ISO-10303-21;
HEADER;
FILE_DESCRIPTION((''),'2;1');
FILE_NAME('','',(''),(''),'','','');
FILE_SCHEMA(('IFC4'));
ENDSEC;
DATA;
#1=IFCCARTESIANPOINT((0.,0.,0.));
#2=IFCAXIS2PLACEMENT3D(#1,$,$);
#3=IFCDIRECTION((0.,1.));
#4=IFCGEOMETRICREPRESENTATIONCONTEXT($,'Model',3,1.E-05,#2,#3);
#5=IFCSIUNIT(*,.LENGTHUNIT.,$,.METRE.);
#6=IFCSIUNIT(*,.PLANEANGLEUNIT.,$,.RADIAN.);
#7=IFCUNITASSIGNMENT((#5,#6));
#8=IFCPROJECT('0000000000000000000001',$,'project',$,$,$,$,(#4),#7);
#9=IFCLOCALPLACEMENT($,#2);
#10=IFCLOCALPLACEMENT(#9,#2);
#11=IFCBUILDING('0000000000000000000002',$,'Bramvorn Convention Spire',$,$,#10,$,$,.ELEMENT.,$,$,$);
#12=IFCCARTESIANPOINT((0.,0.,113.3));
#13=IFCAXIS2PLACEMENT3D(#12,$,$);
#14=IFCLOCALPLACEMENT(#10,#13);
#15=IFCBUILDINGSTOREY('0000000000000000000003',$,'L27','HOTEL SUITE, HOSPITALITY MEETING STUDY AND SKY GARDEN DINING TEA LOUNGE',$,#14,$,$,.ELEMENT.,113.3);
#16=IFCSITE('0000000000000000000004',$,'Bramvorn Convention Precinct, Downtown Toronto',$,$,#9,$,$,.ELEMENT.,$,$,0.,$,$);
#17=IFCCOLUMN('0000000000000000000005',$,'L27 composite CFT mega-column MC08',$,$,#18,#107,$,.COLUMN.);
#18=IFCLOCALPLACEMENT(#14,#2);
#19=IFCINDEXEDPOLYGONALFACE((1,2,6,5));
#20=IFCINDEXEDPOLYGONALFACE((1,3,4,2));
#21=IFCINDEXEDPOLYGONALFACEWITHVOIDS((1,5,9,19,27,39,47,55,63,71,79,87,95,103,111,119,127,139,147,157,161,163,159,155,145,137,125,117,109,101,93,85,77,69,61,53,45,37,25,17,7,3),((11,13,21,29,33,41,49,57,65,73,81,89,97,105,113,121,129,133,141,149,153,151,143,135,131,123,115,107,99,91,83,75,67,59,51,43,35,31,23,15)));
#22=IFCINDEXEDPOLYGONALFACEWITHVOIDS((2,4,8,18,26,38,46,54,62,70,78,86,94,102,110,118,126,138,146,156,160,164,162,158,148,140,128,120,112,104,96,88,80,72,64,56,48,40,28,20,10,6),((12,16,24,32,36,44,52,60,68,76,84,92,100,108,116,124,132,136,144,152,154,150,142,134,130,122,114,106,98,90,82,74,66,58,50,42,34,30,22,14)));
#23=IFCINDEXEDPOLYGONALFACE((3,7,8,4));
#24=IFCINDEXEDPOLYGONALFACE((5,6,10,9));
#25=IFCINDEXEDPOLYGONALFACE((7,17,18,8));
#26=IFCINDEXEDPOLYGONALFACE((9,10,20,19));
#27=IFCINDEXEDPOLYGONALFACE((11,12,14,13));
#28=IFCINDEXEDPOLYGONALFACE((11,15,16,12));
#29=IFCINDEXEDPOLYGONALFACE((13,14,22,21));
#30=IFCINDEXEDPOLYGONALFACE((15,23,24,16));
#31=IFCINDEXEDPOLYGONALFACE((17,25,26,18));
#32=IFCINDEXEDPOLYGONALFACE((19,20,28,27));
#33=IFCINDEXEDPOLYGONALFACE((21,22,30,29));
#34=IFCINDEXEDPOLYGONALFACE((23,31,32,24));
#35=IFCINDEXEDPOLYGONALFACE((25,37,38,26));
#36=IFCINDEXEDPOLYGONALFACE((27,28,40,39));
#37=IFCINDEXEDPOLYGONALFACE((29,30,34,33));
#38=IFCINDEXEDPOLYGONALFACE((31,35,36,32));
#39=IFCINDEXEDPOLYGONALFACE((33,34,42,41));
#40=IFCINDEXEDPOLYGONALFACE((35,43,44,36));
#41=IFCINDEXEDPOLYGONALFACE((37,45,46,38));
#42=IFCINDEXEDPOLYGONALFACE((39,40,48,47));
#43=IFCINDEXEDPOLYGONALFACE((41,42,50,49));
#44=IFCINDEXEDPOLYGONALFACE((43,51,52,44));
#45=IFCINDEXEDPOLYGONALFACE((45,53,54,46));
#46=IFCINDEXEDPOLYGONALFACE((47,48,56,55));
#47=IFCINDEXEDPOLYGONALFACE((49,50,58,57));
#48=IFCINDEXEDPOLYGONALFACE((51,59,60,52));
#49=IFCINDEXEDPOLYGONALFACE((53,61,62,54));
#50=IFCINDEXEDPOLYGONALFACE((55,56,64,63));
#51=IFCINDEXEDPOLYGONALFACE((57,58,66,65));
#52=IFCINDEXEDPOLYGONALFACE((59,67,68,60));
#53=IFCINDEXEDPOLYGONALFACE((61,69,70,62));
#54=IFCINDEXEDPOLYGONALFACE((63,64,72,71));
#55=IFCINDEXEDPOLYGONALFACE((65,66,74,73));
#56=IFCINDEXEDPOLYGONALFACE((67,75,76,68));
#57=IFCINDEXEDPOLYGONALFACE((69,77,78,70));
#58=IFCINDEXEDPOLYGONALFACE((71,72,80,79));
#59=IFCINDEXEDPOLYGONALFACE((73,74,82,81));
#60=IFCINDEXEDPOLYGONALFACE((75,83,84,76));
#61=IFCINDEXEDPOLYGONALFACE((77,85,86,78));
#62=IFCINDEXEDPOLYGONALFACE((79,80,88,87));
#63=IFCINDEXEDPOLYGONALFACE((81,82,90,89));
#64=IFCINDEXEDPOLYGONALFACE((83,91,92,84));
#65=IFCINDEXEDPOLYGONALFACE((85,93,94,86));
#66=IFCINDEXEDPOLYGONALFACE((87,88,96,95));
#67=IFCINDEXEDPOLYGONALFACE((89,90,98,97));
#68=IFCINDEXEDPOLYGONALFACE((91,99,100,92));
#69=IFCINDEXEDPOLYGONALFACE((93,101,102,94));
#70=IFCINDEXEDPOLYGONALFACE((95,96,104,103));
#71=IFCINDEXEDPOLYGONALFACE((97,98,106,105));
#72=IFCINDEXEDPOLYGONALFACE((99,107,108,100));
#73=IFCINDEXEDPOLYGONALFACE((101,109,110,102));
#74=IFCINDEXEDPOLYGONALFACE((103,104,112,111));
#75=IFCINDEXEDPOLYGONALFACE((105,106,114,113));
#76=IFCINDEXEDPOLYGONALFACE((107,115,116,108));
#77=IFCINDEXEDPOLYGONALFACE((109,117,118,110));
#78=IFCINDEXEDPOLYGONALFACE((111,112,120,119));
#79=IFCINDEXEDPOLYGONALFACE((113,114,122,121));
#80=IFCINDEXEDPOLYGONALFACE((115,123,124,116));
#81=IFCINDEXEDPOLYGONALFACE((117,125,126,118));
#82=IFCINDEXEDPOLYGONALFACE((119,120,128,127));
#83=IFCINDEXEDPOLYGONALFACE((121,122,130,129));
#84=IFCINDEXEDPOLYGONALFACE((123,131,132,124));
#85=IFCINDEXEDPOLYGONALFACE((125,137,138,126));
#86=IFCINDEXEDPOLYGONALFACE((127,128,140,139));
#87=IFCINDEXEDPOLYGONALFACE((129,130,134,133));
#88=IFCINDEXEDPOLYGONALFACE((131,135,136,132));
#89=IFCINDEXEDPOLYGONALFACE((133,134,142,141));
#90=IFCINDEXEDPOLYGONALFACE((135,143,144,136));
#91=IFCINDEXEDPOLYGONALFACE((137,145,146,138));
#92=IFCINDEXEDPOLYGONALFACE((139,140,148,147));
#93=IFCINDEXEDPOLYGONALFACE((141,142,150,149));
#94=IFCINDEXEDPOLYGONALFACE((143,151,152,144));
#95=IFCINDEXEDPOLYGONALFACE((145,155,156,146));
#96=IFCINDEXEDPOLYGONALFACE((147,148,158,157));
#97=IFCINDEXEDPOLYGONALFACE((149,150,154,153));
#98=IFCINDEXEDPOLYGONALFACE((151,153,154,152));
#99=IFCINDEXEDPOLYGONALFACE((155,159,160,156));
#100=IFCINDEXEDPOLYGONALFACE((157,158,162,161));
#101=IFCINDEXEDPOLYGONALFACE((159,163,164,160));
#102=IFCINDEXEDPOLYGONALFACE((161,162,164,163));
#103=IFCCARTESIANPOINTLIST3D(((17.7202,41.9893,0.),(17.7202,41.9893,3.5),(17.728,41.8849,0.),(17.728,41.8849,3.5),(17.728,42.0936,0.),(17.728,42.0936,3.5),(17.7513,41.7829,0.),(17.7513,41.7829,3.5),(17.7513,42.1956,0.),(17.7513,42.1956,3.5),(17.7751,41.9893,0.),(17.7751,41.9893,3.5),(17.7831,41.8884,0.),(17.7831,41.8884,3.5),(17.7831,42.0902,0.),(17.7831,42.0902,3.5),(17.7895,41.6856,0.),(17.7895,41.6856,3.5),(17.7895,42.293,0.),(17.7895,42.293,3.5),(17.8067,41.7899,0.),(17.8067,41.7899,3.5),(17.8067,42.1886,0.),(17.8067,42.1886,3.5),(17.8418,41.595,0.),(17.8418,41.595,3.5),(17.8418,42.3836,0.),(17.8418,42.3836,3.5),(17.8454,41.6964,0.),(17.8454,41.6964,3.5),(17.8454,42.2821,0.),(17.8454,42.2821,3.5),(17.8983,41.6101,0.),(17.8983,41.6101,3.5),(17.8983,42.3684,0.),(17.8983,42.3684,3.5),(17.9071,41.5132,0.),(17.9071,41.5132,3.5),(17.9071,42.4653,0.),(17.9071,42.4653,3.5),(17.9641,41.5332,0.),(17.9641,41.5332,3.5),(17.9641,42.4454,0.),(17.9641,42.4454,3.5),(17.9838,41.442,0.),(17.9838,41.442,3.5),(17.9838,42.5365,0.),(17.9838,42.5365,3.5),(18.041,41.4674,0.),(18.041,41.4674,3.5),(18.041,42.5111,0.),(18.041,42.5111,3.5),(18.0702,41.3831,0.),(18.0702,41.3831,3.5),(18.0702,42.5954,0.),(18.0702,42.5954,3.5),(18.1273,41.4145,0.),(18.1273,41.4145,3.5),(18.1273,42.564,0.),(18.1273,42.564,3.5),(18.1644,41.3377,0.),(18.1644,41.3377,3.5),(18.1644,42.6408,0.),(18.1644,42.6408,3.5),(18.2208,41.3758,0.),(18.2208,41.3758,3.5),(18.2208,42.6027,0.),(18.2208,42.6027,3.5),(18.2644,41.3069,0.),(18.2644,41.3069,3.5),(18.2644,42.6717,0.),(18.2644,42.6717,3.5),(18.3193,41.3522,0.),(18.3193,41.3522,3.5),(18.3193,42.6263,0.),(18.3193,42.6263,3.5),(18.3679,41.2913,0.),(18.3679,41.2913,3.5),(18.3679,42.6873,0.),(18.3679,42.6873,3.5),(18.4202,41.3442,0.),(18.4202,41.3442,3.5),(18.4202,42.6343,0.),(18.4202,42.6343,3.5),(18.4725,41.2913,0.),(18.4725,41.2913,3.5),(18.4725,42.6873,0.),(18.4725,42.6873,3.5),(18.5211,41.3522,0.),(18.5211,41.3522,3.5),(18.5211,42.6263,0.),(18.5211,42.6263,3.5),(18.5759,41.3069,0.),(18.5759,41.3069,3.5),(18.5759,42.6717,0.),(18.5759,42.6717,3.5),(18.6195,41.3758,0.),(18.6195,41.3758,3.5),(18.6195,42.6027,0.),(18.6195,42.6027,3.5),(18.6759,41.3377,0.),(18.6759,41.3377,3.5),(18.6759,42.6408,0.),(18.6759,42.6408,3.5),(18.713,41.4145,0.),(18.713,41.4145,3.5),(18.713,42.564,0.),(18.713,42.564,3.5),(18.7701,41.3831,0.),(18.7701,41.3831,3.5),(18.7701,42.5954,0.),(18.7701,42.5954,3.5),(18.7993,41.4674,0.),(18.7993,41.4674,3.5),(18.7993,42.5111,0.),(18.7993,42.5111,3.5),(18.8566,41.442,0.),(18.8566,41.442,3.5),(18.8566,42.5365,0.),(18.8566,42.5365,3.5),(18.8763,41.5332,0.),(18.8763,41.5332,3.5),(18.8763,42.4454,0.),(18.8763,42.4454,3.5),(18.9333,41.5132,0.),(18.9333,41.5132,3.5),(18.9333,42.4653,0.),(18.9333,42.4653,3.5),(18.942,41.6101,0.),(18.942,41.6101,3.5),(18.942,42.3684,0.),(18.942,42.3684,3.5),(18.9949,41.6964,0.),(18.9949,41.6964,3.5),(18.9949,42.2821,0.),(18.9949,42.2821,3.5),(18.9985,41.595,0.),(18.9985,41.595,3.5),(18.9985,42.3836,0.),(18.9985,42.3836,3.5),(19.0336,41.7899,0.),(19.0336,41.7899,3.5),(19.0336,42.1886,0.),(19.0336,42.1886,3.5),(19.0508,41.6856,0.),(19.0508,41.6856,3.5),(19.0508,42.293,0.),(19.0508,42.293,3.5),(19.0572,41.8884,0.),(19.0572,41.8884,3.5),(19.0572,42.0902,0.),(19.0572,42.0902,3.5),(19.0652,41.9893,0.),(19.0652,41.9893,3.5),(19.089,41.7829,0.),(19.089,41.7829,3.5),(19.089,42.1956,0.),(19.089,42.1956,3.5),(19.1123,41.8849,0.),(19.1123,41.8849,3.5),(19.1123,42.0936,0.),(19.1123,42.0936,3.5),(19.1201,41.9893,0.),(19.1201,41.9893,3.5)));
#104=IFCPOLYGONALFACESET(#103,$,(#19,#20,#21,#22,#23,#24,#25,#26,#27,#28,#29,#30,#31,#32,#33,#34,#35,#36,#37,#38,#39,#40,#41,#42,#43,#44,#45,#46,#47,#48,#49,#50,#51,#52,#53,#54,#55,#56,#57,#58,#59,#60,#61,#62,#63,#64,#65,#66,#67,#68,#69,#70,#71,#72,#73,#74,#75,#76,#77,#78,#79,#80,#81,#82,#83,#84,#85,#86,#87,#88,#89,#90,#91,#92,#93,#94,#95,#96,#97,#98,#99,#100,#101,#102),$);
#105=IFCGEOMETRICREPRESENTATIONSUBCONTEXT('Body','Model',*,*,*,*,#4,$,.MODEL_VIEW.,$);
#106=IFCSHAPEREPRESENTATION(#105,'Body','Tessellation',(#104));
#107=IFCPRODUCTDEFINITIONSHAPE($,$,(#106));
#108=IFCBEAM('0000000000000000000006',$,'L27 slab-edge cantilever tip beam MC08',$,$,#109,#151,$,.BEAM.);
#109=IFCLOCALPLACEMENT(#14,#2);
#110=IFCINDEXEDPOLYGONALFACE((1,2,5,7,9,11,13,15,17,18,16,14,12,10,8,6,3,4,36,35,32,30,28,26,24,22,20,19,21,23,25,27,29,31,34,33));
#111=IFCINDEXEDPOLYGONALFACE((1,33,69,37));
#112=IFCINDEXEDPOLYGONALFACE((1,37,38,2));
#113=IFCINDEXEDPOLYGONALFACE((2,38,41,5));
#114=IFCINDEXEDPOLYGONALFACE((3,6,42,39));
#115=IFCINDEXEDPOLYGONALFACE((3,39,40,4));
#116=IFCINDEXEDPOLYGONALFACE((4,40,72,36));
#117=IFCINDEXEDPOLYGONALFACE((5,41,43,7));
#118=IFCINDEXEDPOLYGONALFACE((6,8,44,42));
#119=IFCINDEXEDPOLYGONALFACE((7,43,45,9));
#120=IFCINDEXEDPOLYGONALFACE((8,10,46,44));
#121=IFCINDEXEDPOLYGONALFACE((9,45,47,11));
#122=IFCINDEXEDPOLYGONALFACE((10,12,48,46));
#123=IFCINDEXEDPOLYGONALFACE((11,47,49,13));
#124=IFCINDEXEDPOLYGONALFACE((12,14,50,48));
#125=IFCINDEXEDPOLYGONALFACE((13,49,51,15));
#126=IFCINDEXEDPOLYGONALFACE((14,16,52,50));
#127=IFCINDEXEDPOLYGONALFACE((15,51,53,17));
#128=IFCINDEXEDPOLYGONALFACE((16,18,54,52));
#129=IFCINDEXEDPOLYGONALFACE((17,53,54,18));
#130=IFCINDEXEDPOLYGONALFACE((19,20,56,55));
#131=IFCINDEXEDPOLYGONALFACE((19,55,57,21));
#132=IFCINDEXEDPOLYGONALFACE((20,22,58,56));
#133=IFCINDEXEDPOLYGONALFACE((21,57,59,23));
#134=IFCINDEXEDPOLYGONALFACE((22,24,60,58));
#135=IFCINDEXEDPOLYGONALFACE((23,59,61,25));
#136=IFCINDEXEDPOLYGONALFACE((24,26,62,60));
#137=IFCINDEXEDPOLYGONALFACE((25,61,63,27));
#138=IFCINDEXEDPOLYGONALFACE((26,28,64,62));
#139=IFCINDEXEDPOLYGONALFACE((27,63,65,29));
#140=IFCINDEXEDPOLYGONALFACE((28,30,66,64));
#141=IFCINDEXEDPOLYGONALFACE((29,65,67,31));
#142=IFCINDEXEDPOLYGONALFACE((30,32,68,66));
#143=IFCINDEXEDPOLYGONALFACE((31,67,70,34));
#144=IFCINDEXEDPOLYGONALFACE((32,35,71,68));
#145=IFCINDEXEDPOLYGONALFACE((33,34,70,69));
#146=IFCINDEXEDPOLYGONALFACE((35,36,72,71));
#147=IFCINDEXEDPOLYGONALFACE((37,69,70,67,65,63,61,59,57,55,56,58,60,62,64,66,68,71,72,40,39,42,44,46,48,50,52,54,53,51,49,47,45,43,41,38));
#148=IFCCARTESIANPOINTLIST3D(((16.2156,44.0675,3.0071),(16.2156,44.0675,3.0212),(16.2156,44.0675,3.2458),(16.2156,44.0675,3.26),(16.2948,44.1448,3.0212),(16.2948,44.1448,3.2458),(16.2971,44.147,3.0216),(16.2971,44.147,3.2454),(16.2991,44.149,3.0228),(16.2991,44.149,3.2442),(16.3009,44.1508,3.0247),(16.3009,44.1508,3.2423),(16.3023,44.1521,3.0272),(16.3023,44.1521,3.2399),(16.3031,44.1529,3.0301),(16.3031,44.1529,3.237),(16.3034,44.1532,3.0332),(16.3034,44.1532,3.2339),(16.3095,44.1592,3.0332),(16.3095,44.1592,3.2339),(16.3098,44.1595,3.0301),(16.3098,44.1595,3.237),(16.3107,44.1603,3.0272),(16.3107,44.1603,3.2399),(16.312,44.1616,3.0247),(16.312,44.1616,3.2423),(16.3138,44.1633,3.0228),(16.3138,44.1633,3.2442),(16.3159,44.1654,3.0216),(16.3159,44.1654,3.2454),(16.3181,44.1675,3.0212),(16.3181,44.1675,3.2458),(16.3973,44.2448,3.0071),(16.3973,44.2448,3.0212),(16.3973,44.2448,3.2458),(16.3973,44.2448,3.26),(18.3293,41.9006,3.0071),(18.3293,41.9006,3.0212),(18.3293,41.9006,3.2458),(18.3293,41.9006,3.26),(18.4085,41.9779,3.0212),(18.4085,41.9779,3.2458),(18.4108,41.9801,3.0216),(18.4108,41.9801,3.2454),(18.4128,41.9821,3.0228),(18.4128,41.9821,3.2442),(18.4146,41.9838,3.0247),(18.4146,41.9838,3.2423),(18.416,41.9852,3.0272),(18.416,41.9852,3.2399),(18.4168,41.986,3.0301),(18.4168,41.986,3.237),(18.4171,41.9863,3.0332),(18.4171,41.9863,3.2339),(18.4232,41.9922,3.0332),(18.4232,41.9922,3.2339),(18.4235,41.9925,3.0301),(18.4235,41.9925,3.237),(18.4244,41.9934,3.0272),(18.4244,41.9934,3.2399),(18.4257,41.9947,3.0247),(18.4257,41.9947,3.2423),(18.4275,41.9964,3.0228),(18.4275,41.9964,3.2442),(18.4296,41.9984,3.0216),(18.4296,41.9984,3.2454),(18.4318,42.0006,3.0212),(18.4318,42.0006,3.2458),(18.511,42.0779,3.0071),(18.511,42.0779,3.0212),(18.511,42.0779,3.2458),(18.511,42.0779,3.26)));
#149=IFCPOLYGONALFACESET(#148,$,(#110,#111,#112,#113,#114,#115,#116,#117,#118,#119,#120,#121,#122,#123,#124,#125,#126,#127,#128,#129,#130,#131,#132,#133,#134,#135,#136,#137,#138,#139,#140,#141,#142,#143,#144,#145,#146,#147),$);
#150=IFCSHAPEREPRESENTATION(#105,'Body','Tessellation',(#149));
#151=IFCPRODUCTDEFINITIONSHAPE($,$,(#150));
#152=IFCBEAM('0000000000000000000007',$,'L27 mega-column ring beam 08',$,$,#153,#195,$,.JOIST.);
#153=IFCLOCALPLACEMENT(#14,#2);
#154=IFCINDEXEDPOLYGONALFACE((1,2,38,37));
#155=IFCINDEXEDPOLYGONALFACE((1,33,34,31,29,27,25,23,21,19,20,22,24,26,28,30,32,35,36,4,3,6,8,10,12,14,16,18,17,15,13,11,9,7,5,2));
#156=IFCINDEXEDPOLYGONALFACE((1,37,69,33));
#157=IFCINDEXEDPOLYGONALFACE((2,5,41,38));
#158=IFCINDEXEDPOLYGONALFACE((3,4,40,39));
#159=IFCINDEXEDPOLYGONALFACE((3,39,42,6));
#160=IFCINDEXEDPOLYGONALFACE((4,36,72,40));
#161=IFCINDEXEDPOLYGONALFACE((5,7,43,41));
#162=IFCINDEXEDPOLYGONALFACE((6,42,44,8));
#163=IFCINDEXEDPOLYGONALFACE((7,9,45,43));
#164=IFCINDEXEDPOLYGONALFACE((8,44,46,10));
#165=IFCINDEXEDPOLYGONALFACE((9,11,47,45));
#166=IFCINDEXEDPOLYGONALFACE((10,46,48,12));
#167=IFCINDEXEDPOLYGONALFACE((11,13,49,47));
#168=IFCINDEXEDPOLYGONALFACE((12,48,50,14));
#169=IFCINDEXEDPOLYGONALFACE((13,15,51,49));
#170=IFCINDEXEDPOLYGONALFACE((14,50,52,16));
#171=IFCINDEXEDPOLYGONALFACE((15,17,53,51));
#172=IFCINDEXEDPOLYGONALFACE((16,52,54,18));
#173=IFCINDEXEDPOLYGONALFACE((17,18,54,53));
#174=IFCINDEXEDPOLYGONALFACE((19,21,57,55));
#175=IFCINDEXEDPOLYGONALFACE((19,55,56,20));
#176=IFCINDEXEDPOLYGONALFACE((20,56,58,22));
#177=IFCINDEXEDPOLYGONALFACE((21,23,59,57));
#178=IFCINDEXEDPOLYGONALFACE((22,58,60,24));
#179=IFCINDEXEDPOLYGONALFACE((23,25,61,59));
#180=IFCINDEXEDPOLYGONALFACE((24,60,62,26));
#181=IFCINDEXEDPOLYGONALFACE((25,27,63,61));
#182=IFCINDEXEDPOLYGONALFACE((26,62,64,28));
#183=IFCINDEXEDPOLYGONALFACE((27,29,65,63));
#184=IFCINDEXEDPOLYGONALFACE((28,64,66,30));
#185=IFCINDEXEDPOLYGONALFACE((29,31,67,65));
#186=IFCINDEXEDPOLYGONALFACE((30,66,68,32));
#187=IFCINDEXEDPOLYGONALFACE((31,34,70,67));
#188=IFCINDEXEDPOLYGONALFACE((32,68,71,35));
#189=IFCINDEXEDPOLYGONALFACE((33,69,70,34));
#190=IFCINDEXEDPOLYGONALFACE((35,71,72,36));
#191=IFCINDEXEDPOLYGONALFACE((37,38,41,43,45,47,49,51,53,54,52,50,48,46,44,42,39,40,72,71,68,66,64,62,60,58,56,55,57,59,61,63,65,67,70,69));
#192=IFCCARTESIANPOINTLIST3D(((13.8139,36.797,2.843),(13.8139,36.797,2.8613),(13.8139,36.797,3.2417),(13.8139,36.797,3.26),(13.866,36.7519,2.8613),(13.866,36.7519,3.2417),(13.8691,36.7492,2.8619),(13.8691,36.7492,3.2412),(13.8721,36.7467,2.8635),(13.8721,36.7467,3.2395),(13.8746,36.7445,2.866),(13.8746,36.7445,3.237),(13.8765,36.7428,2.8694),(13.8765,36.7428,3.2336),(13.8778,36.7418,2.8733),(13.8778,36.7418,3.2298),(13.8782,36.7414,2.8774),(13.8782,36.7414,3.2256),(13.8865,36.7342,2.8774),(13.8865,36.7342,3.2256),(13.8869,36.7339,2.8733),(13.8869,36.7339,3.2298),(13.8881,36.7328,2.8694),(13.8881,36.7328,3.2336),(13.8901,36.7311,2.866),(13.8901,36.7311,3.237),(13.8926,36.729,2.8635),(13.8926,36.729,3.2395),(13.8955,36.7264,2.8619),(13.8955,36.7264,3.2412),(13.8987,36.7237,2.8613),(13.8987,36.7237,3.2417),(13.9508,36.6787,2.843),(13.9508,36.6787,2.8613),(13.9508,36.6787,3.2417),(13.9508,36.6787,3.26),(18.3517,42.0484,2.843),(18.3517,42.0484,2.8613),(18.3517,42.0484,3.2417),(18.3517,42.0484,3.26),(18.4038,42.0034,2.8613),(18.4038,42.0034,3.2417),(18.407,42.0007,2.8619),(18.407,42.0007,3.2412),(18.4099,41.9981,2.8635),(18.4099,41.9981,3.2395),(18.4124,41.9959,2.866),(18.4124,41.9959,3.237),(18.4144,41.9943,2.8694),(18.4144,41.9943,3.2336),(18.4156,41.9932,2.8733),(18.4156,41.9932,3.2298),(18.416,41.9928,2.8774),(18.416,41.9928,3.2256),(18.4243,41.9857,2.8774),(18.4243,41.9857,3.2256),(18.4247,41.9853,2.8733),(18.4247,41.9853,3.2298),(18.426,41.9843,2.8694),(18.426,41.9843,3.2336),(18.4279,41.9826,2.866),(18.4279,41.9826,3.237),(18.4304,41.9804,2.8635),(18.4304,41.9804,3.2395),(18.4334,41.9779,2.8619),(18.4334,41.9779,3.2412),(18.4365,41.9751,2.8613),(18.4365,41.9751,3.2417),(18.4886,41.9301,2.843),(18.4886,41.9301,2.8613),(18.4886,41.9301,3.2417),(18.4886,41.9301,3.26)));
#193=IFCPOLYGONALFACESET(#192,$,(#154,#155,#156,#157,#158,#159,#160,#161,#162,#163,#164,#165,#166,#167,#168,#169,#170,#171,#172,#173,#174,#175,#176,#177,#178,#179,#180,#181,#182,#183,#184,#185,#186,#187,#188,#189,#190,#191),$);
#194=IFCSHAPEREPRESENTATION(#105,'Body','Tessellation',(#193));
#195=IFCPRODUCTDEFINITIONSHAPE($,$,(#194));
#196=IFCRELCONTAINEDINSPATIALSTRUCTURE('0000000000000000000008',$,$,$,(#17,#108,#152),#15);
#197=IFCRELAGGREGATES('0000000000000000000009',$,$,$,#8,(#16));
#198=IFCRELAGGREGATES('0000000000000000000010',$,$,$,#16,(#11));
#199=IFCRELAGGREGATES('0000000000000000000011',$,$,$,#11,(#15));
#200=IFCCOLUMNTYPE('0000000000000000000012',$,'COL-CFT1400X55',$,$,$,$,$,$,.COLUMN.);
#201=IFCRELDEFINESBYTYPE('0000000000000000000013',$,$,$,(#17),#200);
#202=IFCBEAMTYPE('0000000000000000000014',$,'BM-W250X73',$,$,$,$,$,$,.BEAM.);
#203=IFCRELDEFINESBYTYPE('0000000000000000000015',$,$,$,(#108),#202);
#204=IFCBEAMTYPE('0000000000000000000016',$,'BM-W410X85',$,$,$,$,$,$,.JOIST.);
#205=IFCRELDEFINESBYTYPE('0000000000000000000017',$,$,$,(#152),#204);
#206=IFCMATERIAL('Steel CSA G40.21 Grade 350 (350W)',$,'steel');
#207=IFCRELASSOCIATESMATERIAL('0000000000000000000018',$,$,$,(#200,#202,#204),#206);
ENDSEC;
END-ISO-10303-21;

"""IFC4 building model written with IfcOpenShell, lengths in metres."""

from ifc_helpers import new_model, si_unit, direction, frame, origin, origin_2d, place, context, subcontext, project, spatial, hollow_circle, i_section, extrude, material, material_profile, profile_set, type_object, element, save


model = new_model("IFC4")

# Units and contexts
model_context = context("Model", 3, precision=1e-05, world=origin(), true_north=direction((0.0, 1.0)))
body_context = subcontext(model_context, "Body", "Model", "MODEL_VIEW")
ifc_project = project(units=[si_unit("LENGTHUNIT", "METRE"), si_unit("PLANEANGLEUNIT", "RADIAN")], contexts=[model_context])

# Site, building, storey
site_placement = place(None, origin())
site = spatial("IfcSite", under=ifc_project, at=site_placement, Name="Bramvorn Convention Precinct, Downtown Toronto", CompositionType="ELEMENT", RefElevation=0.0)
building_placement = place(site_placement, origin())
building = spatial("IfcBuilding", under=site, at=building_placement, Name="Bramvorn Convention Spire", CompositionType="ELEMENT")
storey_placement = place(building_placement, frame((0.0, 0.0, 113.3)))
storey = spatial("IfcBuildingStorey", under=building, at=storey_placement, Name="L27", Description="HOTEL SUITE, HOSPITALITY MEETING STUDY AND SKY GARDEN DINING TEA LOUNGE", CompositionType="ELEMENT", Elevation=113.3)

# Column
ifc_material_1 = material(Name="Steel CSA G40.21 Grade 350 (350W)", Category="steel")
ifc_material_profile_1 = material_profile(ifc_material_1, hollow_circle(Radius=0.7, WallThickness=0.0549, at=origin_2d()))
ifc_profile_set_1 = profile_set([ifc_material_profile_1], Name="Steel CSA G40.21 Grade 350 (350W) - CFT1400X55")
column_type = type_object("IfcColumnType", Name="COL-CFT1400X55", PredefinedType="COLUMN", material=ifc_profile_set_1)
column_placement = place(storey_placement, frame((18.4202, 41.9893, 0.0), z_axis=(0.0, 0.0, 1.0), x_axis=(1.0, 0.0, 0.0)))
element("IfcColumn", 1, at=column_placement, inside=storey, type_object=column_type, Name="L27 composite CFT mega-column MC08", PredefinedType="COLUMN", context=body_context, shape_type="SweptSolid", body=[
    extrude(hollow_circle(Radius=0.7, WallThickness=0.0549, at=origin_2d()), origin(), (0.0, 0.0, 1.0), 3.5),
])

# Beams
ifc_material_profile_2 = material_profile(ifc_material_1, i_section(OverallWidth=0.2539, OverallDepth=0.2529, WebThickness=0.0085, FlangeThickness=0.0142, FilletRadius=0.012, at=origin_2d()))
ifc_profile_set_2 = profile_set([ifc_material_profile_2], Name="Steel CSA G40.21 Grade 350 (350W) - W250X73")
beam_type_1 = type_object("IfcBeamType", Name="BM-W250X73", PredefinedType="BEAM", material=ifc_profile_set_2)
beam_1_placement = place(storey_placement, frame((18.4202, 41.9893, 3.1335), z_axis=(-0.698261, 0.715843, 0.0), x_axis=(-0.715843, -0.698261, 0.0)))
element("IfcBeam", 2, at=beam_1_placement, inside=storey, type_object=beam_type_1, Name="L27 slab-edge cantilever tip beam MC08", PredefinedType="BEAM", context=body_context, shape_type="SweptSolid", body=[
    extrude(i_section(OverallWidth=0.2539, OverallDepth=0.2529, WebThickness=0.0085, FlangeThickness=0.0142, FilletRadius=0.012, at=origin_2d()), origin(), (0.0, 0.0, 1.0), 3.0271),
])
ifc_material_profile_3 = material_profile(ifc_material_1, i_section(OverallWidth=0.1809, OverallDepth=0.417, WebThickness=0.011, FlangeThickness=0.0183, FilletRadius=0.0161, at=origin_2d()))
ifc_profile_set_3 = profile_set([ifc_material_profile_3], Name="Steel CSA G40.21 Grade 350 (350W) - W410X85")
beam_type_2 = type_object("IfcBeamType", Name="BM-W410X85", PredefinedType="JOIST", material=ifc_profile_set_3)
beam_2_placement = place(storey_placement, frame((18.4202, 41.9893, 3.0515), z_axis=(-0.653825, -0.756646, 0.0), x_axis=(0.756646, -0.653825, 0.0)))
element("IfcBeam", 3, at=beam_2_placement, inside=storey, type_object=beam_type_2, Name="L27 mega-column ring beam 08", PredefinedType="JOIST", context=body_context, shape_type="SweptSolid", body=[
    extrude(i_section(OverallWidth=0.1809, OverallDepth=0.417, WebThickness=0.011, FlangeThickness=0.0183, FilletRadius=0.0161, at=origin_2d()), origin(), (0.0, 0.0, 1.0), 6.9404),
])

save(model, "model.ifc")
